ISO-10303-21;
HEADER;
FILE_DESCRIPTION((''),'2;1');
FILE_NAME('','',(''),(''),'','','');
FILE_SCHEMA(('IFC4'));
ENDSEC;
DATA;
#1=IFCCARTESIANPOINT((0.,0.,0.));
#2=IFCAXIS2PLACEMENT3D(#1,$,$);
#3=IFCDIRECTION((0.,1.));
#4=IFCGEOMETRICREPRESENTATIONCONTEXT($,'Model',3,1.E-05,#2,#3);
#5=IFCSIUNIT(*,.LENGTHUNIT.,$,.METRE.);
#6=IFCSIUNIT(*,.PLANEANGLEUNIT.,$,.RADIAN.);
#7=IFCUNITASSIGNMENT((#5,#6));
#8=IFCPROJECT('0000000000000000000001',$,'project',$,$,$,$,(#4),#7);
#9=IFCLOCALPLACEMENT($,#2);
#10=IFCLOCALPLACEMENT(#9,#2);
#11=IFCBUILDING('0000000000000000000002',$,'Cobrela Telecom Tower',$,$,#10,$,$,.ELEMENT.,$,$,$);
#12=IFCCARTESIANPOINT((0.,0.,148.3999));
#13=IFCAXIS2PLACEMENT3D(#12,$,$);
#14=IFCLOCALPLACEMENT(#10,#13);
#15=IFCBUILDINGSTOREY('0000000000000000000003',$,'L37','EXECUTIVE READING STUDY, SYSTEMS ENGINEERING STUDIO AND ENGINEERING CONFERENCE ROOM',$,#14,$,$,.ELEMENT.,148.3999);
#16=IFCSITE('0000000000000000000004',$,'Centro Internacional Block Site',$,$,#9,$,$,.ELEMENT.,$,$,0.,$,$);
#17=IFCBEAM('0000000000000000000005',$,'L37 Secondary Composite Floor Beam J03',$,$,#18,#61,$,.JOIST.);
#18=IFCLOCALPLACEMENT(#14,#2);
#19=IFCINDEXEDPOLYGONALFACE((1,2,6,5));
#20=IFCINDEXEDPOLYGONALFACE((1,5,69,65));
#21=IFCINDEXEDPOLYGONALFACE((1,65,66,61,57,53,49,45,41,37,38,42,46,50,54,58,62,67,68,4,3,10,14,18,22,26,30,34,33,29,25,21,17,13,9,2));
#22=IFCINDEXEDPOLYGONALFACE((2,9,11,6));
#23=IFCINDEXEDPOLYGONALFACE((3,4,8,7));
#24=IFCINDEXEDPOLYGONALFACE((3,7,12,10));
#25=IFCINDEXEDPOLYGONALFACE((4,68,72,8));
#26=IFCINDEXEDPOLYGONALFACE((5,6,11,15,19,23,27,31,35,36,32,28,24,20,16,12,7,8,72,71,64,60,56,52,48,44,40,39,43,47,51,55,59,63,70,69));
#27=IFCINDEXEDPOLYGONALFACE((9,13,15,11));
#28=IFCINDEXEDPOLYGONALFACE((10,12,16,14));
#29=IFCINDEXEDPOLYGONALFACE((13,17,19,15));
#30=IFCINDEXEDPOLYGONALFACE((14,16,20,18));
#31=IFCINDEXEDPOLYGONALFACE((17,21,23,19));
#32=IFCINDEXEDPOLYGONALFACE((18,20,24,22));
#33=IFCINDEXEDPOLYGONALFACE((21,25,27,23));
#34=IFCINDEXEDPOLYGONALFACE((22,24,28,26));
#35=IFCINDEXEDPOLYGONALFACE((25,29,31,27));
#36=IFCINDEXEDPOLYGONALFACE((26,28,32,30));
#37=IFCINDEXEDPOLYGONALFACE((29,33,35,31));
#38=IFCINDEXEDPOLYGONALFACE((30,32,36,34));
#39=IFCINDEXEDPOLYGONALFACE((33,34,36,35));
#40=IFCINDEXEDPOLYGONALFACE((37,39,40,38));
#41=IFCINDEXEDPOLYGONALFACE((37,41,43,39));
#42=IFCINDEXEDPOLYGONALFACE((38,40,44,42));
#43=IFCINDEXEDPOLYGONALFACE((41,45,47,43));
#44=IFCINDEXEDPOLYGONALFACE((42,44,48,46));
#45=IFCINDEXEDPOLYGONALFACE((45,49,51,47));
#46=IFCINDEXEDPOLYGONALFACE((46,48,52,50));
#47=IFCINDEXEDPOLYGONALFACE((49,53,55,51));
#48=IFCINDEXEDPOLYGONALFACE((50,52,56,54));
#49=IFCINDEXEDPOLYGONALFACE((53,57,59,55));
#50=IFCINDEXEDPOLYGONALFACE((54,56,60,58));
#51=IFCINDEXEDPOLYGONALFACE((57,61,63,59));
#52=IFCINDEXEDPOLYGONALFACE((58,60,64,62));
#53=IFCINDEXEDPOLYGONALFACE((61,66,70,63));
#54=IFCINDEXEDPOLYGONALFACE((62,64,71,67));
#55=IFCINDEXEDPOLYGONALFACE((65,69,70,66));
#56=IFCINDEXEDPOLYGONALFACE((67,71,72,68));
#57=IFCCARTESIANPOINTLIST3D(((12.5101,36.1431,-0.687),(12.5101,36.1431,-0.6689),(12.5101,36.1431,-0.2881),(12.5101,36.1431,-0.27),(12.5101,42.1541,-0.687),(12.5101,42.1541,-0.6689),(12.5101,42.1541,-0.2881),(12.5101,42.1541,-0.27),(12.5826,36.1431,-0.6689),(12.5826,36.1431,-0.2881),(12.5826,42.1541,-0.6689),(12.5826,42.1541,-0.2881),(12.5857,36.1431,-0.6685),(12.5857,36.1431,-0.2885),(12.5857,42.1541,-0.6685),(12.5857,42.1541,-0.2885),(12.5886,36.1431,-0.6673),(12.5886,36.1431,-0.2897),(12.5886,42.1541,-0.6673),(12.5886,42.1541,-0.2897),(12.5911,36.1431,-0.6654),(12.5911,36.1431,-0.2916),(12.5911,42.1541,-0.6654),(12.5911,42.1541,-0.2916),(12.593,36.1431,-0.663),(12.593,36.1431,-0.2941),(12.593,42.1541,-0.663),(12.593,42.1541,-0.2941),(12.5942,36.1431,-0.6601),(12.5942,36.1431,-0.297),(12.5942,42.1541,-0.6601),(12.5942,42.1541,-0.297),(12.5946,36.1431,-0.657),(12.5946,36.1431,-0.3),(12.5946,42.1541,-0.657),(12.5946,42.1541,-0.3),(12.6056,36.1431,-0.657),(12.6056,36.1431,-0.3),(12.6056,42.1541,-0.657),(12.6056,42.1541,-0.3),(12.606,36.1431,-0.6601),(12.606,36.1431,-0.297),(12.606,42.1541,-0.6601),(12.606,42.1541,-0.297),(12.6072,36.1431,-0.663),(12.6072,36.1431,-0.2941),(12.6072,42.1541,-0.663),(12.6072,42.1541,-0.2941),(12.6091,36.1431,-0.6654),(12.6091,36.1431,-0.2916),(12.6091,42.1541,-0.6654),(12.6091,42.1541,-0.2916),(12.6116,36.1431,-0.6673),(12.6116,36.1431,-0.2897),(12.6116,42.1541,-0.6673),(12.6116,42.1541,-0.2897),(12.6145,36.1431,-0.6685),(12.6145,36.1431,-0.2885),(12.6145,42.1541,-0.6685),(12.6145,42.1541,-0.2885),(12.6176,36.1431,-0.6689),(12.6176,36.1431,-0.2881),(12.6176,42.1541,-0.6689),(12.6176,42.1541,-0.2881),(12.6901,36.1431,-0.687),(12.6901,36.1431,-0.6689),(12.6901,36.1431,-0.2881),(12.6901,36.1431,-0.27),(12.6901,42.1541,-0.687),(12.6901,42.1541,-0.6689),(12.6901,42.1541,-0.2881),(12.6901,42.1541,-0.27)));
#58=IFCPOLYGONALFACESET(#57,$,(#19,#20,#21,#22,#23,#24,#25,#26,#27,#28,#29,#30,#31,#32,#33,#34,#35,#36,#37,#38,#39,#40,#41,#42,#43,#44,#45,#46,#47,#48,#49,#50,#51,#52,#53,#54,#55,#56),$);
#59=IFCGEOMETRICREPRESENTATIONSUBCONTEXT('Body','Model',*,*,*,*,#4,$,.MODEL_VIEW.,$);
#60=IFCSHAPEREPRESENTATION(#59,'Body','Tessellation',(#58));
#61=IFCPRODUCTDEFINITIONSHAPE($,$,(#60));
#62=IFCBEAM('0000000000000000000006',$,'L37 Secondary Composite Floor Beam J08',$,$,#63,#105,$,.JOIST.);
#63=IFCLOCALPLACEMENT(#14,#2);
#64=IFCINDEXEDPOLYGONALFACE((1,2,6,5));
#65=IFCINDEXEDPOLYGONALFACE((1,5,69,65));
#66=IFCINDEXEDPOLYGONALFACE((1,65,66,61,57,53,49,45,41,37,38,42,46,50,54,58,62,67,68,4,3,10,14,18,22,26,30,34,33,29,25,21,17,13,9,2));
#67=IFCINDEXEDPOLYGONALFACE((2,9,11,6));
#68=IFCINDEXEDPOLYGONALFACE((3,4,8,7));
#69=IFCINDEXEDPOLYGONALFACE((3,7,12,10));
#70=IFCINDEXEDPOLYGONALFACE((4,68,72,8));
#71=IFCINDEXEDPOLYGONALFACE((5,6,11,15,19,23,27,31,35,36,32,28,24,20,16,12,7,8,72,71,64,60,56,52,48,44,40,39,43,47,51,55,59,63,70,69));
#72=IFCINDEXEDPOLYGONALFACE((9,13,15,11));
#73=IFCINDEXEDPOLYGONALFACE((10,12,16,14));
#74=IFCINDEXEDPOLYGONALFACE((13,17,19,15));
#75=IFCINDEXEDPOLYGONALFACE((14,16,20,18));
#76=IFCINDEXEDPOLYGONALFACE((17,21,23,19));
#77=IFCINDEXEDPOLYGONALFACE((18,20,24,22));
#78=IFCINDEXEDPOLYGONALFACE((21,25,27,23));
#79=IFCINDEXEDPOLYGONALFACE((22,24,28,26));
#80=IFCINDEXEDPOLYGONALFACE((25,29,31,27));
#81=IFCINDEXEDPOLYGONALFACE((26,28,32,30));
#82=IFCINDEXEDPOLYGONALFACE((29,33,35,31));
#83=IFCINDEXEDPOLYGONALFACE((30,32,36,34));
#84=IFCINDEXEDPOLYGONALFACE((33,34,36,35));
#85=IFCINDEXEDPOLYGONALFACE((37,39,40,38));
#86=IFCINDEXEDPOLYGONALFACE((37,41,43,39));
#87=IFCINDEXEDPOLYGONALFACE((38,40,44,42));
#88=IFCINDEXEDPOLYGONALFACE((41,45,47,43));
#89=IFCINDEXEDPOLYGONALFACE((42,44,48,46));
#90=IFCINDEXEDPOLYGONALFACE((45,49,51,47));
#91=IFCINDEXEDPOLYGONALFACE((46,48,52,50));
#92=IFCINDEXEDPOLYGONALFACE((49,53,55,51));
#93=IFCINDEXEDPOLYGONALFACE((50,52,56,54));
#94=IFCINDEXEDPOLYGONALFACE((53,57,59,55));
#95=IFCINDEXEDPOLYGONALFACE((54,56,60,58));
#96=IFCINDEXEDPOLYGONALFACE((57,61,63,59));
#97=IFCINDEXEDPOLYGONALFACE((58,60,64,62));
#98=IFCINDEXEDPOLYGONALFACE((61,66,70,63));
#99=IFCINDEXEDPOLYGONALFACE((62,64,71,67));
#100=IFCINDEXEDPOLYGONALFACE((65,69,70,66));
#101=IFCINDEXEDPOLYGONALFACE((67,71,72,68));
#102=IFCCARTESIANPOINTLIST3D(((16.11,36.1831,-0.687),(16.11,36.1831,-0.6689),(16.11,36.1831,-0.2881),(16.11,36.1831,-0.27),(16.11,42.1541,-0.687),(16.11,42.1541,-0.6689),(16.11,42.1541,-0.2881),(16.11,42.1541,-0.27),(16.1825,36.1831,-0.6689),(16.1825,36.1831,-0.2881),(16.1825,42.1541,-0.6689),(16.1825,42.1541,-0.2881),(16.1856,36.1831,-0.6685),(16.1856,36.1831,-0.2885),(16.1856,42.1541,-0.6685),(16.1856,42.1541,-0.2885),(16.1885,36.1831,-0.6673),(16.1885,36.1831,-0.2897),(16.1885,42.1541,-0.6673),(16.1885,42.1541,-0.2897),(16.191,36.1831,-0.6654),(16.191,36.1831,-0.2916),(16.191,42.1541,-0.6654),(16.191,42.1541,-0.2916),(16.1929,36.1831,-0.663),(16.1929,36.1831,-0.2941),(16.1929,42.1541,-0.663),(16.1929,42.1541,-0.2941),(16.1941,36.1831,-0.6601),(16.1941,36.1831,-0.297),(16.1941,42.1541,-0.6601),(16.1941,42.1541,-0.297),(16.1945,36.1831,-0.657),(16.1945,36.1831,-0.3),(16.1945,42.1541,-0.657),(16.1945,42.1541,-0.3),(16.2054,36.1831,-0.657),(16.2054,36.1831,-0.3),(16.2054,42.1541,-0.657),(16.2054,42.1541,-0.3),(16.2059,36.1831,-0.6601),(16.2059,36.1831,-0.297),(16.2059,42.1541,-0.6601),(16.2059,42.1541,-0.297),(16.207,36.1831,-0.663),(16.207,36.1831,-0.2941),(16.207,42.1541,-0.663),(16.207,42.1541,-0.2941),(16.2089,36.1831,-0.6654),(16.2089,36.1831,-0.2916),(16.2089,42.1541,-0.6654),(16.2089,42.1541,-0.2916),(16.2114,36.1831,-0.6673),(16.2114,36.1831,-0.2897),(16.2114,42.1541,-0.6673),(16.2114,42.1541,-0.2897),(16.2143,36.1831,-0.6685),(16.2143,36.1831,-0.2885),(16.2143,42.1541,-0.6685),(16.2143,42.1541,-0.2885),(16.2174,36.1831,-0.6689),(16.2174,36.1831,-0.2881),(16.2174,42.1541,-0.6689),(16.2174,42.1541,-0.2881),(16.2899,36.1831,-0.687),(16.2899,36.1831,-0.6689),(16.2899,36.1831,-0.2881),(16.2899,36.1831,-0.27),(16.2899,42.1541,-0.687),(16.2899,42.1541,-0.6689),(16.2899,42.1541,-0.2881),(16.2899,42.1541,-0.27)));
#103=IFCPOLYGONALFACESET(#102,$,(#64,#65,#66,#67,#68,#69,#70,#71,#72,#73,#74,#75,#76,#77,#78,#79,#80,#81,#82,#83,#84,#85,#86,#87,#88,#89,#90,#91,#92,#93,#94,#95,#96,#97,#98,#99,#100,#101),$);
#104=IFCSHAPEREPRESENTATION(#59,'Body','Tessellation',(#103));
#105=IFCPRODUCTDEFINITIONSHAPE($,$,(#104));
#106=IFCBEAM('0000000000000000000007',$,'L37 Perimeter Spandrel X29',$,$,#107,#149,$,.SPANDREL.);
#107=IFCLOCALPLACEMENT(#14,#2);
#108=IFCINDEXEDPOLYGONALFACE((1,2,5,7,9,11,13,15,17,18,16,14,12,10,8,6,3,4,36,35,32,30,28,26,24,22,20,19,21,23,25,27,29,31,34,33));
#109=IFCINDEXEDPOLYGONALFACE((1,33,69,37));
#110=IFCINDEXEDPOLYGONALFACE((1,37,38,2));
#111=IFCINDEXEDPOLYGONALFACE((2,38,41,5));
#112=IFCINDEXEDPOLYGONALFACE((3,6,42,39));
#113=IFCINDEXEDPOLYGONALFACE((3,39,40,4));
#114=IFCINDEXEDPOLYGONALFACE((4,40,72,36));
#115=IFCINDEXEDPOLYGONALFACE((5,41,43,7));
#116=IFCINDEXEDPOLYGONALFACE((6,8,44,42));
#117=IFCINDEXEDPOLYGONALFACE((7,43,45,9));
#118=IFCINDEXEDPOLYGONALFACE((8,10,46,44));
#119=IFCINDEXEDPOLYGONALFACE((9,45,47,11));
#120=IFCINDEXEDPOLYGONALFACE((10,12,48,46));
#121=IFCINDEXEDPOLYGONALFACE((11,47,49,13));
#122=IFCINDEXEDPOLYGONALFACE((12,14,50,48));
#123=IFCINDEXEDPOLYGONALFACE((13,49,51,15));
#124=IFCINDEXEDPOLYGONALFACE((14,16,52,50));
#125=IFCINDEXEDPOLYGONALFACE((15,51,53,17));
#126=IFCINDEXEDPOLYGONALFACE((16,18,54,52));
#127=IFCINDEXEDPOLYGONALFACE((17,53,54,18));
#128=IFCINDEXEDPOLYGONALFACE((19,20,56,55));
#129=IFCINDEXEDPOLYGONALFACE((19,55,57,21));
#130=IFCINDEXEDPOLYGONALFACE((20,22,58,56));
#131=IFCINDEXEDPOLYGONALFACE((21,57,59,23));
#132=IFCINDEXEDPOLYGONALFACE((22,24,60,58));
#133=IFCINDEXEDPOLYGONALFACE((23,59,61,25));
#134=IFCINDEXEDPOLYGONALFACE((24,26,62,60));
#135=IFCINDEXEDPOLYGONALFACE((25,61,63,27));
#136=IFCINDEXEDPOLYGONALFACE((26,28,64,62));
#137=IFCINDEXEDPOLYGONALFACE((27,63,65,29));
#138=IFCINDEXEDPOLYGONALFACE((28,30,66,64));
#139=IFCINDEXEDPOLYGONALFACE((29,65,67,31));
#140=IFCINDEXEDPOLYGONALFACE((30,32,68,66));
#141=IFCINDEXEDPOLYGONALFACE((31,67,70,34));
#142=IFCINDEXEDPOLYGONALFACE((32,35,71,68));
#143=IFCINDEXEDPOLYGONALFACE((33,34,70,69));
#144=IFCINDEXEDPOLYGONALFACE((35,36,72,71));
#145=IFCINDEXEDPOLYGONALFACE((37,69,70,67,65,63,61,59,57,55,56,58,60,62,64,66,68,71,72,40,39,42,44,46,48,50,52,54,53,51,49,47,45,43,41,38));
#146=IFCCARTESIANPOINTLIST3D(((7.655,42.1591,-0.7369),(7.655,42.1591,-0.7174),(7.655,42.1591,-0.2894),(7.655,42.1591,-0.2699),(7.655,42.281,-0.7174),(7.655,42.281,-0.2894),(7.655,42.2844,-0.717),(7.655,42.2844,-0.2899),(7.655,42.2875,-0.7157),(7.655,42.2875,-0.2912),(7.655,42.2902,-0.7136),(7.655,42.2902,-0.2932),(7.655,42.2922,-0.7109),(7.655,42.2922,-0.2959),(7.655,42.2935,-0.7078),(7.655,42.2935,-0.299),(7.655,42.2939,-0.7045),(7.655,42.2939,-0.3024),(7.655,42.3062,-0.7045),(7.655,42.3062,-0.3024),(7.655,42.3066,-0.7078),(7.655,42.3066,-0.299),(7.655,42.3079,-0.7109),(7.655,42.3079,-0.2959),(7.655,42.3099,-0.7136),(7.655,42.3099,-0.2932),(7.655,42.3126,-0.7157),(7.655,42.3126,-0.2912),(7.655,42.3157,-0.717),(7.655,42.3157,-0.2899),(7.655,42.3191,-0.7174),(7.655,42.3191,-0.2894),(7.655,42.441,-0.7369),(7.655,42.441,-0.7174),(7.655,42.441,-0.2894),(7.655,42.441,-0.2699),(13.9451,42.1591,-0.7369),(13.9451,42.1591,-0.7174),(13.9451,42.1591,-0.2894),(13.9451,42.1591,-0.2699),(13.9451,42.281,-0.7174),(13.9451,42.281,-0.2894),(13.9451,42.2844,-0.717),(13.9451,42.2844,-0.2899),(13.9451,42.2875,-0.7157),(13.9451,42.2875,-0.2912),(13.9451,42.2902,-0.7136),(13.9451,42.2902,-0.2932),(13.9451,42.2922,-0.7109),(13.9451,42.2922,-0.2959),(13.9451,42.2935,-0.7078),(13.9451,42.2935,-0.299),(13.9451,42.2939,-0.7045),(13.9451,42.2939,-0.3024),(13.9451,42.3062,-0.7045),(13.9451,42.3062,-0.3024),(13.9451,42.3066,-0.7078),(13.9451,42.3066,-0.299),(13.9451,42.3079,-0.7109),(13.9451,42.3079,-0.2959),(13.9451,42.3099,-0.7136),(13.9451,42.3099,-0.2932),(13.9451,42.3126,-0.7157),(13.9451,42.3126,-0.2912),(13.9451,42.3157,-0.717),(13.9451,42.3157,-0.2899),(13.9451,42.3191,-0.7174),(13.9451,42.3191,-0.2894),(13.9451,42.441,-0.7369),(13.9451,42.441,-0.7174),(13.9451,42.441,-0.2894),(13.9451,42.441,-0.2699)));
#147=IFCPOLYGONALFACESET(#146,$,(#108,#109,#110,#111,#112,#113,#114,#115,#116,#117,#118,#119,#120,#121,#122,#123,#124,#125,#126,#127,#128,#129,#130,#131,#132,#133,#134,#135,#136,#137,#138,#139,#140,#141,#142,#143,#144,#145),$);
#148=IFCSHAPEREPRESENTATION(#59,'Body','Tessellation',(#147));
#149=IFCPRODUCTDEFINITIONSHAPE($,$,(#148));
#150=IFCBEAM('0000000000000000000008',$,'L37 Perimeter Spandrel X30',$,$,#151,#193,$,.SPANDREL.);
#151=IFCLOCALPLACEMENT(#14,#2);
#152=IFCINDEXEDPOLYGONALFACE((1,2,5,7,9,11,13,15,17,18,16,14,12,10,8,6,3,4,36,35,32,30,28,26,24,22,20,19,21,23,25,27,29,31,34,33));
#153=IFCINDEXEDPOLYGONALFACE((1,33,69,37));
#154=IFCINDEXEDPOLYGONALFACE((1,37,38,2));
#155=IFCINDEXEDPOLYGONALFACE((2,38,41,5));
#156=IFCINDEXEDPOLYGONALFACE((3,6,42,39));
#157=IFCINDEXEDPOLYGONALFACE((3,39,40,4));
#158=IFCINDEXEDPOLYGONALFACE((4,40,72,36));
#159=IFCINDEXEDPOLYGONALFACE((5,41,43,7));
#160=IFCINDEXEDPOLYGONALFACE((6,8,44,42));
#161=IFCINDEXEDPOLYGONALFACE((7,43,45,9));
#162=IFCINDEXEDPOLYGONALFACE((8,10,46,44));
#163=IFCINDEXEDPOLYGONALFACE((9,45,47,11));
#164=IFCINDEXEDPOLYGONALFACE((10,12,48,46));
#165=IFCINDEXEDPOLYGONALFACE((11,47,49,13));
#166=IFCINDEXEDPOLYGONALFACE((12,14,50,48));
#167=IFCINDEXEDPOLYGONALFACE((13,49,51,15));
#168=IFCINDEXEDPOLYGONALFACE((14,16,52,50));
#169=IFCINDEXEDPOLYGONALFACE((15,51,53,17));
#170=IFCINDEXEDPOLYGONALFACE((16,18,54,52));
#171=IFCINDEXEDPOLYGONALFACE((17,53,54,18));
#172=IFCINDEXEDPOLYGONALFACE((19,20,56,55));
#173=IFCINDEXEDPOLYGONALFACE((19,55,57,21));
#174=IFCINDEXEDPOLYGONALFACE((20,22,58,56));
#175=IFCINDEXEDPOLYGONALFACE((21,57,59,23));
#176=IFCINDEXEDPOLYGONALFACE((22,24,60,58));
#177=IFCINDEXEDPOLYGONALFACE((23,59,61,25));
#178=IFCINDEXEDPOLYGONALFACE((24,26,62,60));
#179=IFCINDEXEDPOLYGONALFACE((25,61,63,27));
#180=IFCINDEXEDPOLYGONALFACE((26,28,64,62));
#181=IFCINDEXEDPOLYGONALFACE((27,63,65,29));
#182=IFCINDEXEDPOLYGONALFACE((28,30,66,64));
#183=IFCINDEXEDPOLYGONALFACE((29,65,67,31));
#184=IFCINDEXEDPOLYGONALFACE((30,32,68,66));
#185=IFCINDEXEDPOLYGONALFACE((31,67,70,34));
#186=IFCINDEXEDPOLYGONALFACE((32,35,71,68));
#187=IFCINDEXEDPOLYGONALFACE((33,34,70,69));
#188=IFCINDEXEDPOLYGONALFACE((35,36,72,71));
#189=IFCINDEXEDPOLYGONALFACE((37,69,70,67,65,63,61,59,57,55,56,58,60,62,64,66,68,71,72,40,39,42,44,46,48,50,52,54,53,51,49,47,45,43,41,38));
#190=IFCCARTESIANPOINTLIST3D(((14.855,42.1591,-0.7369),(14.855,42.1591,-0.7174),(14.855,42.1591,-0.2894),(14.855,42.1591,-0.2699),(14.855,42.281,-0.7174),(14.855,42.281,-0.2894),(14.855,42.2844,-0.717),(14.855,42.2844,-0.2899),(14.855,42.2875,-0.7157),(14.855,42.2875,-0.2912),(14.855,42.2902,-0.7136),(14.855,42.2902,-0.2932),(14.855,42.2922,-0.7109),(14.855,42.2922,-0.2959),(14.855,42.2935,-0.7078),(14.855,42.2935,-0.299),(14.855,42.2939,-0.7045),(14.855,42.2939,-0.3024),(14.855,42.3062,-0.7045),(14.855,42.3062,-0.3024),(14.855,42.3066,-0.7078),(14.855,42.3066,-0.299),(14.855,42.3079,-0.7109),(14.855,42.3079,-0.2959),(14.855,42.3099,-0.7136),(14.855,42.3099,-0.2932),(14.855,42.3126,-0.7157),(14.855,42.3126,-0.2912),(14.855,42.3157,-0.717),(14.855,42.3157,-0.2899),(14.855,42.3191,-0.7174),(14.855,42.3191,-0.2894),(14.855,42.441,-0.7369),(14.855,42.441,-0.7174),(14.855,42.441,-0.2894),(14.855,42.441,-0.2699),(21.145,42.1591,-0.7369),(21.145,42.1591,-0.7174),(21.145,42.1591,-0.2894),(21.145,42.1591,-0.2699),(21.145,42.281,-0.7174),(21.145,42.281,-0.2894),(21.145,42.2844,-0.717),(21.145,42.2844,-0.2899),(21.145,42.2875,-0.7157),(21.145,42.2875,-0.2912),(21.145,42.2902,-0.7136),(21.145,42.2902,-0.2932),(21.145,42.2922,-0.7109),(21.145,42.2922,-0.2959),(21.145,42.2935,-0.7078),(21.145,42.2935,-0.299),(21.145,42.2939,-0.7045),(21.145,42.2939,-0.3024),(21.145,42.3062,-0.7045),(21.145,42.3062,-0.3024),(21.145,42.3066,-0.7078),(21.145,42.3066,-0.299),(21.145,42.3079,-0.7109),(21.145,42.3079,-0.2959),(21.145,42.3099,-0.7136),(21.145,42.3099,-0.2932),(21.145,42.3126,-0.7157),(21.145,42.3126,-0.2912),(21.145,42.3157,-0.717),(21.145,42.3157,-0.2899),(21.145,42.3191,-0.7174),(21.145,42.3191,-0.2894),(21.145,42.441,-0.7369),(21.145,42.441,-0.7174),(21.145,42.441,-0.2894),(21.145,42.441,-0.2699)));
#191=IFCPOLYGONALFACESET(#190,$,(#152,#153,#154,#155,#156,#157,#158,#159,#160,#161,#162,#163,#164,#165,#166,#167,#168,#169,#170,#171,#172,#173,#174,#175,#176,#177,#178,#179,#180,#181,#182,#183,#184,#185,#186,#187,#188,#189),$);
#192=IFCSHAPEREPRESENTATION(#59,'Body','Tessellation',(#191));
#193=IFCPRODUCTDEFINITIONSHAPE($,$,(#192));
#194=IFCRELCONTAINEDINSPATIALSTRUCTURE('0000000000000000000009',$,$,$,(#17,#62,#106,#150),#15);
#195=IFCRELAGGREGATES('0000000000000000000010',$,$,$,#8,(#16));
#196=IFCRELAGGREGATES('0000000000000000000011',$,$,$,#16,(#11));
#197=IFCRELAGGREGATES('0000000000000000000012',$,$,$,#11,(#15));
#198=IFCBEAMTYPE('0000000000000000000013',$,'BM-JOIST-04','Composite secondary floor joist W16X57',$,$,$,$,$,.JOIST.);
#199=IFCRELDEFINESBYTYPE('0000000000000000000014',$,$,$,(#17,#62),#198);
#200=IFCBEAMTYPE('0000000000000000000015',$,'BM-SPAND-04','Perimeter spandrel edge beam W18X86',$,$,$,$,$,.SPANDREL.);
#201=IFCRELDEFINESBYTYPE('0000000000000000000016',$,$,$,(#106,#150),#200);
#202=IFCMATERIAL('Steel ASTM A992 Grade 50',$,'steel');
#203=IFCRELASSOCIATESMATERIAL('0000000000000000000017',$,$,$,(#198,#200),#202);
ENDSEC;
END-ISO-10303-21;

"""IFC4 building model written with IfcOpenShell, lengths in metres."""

from ifc_helpers import new_model, si_unit, direction, frame, origin, origin_2d, place, context, subcontext, project, spatial, i_section, extrude, material, material_profile, profile_set, type_object, element, save


model = new_model("IFC4")

# Units and contexts
model_context = context("Model", 3, precision=1e-05, world=origin(), true_north=direction((0.0, 1.0)))
body_context = subcontext(model_context, "Body", "Model", "MODEL_VIEW")
ifc_project = project(units=[si_unit("LENGTHUNIT", "METRE"), si_unit("PLANEANGLEUNIT", "RADIAN")], contexts=[model_context])

# Site, building, storey
site_placement = place(None, origin())
site = spatial("IfcSite", under=ifc_project, at=site_placement, Name="Centro Internacional Block Site", CompositionType="ELEMENT", RefElevation=0.0)
building_placement = place(site_placement, origin())
building = spatial("IfcBuilding", under=site, at=building_placement, Name="Cobrela Telecom Tower", CompositionType="ELEMENT")
storey_placement = place(building_placement, frame((0.0, 0.0, 148.3999)))
storey = spatial("IfcBuildingStorey", under=building, at=storey_placement, Name="L37", Description="EXECUTIVE READING STUDY, SYSTEMS ENGINEERING STUDIO AND ENGINEERING CONFERENCE ROOM", CompositionType="ELEMENT", Elevation=148.3999)

# Beams
ifc_material_1 = material(Name="Steel ASTM A992 Grade 50", Category="steel")
ifc_material_profile_1 = material_profile(ifc_material_1, i_section(OverallWidth=0.1799, OverallDepth=0.417, WebThickness=0.011, FlangeThickness=0.0181, FilletRadius=0.012, at=origin_2d()), Name="W16X57")
ifc_profile_set_1 = profile_set([ifc_material_profile_1], Name="Steel ASTM A992 Grade 50")
beam_type_1 = type_object("IfcBeamType", Name="BM-JOIST-04", Description="Composite secondary floor joist W16X57", PredefinedType="JOIST", material=ifc_profile_set_1)
for number, where, z_axis, x_axis, name in (
    (1, (12.6001, 36.1431, -0.4785), (0.0, 1.0, 0.0), (-1.0, 0.0, 0.0), "L37 Secondary Composite Floor Beam J03"),
):
    element("IfcBeam", number, at=place(storey_placement, frame(where, z_axis=z_axis, x_axis=x_axis)), inside=storey, type_object=beam_type_1, Name=name, PredefinedType="JOIST", context=body_context, shape_type="SweptSolid", body=[
        extrude(i_section(OverallWidth=0.1799, OverallDepth=0.417, WebThickness=0.011, FlangeThickness=0.0181, FilletRadius=0.012, at=origin_2d()), origin(), (0.0, 0.0, 1.0), 6.011),
    ])
beam_1_placement = place(storey_placement, frame((16.2, 36.1831, -0.4785), z_axis=(0.0, 1.0, 0.0), x_axis=(-1.0, 0.0, 0.0)))
element("IfcBeam", 2, at=beam_1_placement, inside=storey, type_object=beam_type_1, Name="L37 Secondary Composite Floor Beam J08", PredefinedType="JOIST", context=body_context, shape_type="SweptSolid", body=[
    extrude(i_section(OverallWidth=0.1799, OverallDepth=0.417, WebThickness=0.011, FlangeThickness=0.0181, FilletRadius=0.012, at=origin_2d()), origin(), (0.0, 0.0, 1.0), 5.9709),
])
ifc_material_profile_2 = material_profile(ifc_material_1, i_section(OverallWidth=0.282, OverallDepth=0.467, WebThickness=0.0122, FlangeThickness=0.0195, FilletRadius=0.0129, at=origin_2d()), Name="W18X86")
ifc_profile_set_2 = profile_set([ifc_material_profile_2], Name="Steel ASTM A992 Grade 50")
beam_type_2 = type_object("IfcBeamType", Name="BM-SPAND-04", Description="Perimeter spandrel edge beam W18X86", PredefinedType="SPANDREL", material=ifc_profile_set_2)
for number, where, z_axis, x_axis, name in (
    (3, (7.655, 42.3, -0.5034), (1.0, 0.0, 0.0), (0.0, 1.0, 0.0), "L37 Perimeter Spandrel X29"),
    (4, (14.855, 42.3, -0.5034), (1.0, 0.0, 0.0), (0.0, 1.0, 0.0), "L37 Perimeter Spandrel X30"),
):
    element("IfcBeam", number, at=place(storey_placement, frame(where, z_axis=z_axis, x_axis=x_axis)), inside=storey, type_object=beam_type_2, Name=name, PredefinedType="SPANDREL", context=body_context, shape_type="SweptSolid", body=[
        extrude(i_section(OverallWidth=0.282, OverallDepth=0.467, WebThickness=0.0122, FlangeThickness=0.0195, FilletRadius=0.0129, at=origin_2d()), origin(), (0.0, 0.0, 1.0), 6.29),
    ])

save(model, "model.ifc")
